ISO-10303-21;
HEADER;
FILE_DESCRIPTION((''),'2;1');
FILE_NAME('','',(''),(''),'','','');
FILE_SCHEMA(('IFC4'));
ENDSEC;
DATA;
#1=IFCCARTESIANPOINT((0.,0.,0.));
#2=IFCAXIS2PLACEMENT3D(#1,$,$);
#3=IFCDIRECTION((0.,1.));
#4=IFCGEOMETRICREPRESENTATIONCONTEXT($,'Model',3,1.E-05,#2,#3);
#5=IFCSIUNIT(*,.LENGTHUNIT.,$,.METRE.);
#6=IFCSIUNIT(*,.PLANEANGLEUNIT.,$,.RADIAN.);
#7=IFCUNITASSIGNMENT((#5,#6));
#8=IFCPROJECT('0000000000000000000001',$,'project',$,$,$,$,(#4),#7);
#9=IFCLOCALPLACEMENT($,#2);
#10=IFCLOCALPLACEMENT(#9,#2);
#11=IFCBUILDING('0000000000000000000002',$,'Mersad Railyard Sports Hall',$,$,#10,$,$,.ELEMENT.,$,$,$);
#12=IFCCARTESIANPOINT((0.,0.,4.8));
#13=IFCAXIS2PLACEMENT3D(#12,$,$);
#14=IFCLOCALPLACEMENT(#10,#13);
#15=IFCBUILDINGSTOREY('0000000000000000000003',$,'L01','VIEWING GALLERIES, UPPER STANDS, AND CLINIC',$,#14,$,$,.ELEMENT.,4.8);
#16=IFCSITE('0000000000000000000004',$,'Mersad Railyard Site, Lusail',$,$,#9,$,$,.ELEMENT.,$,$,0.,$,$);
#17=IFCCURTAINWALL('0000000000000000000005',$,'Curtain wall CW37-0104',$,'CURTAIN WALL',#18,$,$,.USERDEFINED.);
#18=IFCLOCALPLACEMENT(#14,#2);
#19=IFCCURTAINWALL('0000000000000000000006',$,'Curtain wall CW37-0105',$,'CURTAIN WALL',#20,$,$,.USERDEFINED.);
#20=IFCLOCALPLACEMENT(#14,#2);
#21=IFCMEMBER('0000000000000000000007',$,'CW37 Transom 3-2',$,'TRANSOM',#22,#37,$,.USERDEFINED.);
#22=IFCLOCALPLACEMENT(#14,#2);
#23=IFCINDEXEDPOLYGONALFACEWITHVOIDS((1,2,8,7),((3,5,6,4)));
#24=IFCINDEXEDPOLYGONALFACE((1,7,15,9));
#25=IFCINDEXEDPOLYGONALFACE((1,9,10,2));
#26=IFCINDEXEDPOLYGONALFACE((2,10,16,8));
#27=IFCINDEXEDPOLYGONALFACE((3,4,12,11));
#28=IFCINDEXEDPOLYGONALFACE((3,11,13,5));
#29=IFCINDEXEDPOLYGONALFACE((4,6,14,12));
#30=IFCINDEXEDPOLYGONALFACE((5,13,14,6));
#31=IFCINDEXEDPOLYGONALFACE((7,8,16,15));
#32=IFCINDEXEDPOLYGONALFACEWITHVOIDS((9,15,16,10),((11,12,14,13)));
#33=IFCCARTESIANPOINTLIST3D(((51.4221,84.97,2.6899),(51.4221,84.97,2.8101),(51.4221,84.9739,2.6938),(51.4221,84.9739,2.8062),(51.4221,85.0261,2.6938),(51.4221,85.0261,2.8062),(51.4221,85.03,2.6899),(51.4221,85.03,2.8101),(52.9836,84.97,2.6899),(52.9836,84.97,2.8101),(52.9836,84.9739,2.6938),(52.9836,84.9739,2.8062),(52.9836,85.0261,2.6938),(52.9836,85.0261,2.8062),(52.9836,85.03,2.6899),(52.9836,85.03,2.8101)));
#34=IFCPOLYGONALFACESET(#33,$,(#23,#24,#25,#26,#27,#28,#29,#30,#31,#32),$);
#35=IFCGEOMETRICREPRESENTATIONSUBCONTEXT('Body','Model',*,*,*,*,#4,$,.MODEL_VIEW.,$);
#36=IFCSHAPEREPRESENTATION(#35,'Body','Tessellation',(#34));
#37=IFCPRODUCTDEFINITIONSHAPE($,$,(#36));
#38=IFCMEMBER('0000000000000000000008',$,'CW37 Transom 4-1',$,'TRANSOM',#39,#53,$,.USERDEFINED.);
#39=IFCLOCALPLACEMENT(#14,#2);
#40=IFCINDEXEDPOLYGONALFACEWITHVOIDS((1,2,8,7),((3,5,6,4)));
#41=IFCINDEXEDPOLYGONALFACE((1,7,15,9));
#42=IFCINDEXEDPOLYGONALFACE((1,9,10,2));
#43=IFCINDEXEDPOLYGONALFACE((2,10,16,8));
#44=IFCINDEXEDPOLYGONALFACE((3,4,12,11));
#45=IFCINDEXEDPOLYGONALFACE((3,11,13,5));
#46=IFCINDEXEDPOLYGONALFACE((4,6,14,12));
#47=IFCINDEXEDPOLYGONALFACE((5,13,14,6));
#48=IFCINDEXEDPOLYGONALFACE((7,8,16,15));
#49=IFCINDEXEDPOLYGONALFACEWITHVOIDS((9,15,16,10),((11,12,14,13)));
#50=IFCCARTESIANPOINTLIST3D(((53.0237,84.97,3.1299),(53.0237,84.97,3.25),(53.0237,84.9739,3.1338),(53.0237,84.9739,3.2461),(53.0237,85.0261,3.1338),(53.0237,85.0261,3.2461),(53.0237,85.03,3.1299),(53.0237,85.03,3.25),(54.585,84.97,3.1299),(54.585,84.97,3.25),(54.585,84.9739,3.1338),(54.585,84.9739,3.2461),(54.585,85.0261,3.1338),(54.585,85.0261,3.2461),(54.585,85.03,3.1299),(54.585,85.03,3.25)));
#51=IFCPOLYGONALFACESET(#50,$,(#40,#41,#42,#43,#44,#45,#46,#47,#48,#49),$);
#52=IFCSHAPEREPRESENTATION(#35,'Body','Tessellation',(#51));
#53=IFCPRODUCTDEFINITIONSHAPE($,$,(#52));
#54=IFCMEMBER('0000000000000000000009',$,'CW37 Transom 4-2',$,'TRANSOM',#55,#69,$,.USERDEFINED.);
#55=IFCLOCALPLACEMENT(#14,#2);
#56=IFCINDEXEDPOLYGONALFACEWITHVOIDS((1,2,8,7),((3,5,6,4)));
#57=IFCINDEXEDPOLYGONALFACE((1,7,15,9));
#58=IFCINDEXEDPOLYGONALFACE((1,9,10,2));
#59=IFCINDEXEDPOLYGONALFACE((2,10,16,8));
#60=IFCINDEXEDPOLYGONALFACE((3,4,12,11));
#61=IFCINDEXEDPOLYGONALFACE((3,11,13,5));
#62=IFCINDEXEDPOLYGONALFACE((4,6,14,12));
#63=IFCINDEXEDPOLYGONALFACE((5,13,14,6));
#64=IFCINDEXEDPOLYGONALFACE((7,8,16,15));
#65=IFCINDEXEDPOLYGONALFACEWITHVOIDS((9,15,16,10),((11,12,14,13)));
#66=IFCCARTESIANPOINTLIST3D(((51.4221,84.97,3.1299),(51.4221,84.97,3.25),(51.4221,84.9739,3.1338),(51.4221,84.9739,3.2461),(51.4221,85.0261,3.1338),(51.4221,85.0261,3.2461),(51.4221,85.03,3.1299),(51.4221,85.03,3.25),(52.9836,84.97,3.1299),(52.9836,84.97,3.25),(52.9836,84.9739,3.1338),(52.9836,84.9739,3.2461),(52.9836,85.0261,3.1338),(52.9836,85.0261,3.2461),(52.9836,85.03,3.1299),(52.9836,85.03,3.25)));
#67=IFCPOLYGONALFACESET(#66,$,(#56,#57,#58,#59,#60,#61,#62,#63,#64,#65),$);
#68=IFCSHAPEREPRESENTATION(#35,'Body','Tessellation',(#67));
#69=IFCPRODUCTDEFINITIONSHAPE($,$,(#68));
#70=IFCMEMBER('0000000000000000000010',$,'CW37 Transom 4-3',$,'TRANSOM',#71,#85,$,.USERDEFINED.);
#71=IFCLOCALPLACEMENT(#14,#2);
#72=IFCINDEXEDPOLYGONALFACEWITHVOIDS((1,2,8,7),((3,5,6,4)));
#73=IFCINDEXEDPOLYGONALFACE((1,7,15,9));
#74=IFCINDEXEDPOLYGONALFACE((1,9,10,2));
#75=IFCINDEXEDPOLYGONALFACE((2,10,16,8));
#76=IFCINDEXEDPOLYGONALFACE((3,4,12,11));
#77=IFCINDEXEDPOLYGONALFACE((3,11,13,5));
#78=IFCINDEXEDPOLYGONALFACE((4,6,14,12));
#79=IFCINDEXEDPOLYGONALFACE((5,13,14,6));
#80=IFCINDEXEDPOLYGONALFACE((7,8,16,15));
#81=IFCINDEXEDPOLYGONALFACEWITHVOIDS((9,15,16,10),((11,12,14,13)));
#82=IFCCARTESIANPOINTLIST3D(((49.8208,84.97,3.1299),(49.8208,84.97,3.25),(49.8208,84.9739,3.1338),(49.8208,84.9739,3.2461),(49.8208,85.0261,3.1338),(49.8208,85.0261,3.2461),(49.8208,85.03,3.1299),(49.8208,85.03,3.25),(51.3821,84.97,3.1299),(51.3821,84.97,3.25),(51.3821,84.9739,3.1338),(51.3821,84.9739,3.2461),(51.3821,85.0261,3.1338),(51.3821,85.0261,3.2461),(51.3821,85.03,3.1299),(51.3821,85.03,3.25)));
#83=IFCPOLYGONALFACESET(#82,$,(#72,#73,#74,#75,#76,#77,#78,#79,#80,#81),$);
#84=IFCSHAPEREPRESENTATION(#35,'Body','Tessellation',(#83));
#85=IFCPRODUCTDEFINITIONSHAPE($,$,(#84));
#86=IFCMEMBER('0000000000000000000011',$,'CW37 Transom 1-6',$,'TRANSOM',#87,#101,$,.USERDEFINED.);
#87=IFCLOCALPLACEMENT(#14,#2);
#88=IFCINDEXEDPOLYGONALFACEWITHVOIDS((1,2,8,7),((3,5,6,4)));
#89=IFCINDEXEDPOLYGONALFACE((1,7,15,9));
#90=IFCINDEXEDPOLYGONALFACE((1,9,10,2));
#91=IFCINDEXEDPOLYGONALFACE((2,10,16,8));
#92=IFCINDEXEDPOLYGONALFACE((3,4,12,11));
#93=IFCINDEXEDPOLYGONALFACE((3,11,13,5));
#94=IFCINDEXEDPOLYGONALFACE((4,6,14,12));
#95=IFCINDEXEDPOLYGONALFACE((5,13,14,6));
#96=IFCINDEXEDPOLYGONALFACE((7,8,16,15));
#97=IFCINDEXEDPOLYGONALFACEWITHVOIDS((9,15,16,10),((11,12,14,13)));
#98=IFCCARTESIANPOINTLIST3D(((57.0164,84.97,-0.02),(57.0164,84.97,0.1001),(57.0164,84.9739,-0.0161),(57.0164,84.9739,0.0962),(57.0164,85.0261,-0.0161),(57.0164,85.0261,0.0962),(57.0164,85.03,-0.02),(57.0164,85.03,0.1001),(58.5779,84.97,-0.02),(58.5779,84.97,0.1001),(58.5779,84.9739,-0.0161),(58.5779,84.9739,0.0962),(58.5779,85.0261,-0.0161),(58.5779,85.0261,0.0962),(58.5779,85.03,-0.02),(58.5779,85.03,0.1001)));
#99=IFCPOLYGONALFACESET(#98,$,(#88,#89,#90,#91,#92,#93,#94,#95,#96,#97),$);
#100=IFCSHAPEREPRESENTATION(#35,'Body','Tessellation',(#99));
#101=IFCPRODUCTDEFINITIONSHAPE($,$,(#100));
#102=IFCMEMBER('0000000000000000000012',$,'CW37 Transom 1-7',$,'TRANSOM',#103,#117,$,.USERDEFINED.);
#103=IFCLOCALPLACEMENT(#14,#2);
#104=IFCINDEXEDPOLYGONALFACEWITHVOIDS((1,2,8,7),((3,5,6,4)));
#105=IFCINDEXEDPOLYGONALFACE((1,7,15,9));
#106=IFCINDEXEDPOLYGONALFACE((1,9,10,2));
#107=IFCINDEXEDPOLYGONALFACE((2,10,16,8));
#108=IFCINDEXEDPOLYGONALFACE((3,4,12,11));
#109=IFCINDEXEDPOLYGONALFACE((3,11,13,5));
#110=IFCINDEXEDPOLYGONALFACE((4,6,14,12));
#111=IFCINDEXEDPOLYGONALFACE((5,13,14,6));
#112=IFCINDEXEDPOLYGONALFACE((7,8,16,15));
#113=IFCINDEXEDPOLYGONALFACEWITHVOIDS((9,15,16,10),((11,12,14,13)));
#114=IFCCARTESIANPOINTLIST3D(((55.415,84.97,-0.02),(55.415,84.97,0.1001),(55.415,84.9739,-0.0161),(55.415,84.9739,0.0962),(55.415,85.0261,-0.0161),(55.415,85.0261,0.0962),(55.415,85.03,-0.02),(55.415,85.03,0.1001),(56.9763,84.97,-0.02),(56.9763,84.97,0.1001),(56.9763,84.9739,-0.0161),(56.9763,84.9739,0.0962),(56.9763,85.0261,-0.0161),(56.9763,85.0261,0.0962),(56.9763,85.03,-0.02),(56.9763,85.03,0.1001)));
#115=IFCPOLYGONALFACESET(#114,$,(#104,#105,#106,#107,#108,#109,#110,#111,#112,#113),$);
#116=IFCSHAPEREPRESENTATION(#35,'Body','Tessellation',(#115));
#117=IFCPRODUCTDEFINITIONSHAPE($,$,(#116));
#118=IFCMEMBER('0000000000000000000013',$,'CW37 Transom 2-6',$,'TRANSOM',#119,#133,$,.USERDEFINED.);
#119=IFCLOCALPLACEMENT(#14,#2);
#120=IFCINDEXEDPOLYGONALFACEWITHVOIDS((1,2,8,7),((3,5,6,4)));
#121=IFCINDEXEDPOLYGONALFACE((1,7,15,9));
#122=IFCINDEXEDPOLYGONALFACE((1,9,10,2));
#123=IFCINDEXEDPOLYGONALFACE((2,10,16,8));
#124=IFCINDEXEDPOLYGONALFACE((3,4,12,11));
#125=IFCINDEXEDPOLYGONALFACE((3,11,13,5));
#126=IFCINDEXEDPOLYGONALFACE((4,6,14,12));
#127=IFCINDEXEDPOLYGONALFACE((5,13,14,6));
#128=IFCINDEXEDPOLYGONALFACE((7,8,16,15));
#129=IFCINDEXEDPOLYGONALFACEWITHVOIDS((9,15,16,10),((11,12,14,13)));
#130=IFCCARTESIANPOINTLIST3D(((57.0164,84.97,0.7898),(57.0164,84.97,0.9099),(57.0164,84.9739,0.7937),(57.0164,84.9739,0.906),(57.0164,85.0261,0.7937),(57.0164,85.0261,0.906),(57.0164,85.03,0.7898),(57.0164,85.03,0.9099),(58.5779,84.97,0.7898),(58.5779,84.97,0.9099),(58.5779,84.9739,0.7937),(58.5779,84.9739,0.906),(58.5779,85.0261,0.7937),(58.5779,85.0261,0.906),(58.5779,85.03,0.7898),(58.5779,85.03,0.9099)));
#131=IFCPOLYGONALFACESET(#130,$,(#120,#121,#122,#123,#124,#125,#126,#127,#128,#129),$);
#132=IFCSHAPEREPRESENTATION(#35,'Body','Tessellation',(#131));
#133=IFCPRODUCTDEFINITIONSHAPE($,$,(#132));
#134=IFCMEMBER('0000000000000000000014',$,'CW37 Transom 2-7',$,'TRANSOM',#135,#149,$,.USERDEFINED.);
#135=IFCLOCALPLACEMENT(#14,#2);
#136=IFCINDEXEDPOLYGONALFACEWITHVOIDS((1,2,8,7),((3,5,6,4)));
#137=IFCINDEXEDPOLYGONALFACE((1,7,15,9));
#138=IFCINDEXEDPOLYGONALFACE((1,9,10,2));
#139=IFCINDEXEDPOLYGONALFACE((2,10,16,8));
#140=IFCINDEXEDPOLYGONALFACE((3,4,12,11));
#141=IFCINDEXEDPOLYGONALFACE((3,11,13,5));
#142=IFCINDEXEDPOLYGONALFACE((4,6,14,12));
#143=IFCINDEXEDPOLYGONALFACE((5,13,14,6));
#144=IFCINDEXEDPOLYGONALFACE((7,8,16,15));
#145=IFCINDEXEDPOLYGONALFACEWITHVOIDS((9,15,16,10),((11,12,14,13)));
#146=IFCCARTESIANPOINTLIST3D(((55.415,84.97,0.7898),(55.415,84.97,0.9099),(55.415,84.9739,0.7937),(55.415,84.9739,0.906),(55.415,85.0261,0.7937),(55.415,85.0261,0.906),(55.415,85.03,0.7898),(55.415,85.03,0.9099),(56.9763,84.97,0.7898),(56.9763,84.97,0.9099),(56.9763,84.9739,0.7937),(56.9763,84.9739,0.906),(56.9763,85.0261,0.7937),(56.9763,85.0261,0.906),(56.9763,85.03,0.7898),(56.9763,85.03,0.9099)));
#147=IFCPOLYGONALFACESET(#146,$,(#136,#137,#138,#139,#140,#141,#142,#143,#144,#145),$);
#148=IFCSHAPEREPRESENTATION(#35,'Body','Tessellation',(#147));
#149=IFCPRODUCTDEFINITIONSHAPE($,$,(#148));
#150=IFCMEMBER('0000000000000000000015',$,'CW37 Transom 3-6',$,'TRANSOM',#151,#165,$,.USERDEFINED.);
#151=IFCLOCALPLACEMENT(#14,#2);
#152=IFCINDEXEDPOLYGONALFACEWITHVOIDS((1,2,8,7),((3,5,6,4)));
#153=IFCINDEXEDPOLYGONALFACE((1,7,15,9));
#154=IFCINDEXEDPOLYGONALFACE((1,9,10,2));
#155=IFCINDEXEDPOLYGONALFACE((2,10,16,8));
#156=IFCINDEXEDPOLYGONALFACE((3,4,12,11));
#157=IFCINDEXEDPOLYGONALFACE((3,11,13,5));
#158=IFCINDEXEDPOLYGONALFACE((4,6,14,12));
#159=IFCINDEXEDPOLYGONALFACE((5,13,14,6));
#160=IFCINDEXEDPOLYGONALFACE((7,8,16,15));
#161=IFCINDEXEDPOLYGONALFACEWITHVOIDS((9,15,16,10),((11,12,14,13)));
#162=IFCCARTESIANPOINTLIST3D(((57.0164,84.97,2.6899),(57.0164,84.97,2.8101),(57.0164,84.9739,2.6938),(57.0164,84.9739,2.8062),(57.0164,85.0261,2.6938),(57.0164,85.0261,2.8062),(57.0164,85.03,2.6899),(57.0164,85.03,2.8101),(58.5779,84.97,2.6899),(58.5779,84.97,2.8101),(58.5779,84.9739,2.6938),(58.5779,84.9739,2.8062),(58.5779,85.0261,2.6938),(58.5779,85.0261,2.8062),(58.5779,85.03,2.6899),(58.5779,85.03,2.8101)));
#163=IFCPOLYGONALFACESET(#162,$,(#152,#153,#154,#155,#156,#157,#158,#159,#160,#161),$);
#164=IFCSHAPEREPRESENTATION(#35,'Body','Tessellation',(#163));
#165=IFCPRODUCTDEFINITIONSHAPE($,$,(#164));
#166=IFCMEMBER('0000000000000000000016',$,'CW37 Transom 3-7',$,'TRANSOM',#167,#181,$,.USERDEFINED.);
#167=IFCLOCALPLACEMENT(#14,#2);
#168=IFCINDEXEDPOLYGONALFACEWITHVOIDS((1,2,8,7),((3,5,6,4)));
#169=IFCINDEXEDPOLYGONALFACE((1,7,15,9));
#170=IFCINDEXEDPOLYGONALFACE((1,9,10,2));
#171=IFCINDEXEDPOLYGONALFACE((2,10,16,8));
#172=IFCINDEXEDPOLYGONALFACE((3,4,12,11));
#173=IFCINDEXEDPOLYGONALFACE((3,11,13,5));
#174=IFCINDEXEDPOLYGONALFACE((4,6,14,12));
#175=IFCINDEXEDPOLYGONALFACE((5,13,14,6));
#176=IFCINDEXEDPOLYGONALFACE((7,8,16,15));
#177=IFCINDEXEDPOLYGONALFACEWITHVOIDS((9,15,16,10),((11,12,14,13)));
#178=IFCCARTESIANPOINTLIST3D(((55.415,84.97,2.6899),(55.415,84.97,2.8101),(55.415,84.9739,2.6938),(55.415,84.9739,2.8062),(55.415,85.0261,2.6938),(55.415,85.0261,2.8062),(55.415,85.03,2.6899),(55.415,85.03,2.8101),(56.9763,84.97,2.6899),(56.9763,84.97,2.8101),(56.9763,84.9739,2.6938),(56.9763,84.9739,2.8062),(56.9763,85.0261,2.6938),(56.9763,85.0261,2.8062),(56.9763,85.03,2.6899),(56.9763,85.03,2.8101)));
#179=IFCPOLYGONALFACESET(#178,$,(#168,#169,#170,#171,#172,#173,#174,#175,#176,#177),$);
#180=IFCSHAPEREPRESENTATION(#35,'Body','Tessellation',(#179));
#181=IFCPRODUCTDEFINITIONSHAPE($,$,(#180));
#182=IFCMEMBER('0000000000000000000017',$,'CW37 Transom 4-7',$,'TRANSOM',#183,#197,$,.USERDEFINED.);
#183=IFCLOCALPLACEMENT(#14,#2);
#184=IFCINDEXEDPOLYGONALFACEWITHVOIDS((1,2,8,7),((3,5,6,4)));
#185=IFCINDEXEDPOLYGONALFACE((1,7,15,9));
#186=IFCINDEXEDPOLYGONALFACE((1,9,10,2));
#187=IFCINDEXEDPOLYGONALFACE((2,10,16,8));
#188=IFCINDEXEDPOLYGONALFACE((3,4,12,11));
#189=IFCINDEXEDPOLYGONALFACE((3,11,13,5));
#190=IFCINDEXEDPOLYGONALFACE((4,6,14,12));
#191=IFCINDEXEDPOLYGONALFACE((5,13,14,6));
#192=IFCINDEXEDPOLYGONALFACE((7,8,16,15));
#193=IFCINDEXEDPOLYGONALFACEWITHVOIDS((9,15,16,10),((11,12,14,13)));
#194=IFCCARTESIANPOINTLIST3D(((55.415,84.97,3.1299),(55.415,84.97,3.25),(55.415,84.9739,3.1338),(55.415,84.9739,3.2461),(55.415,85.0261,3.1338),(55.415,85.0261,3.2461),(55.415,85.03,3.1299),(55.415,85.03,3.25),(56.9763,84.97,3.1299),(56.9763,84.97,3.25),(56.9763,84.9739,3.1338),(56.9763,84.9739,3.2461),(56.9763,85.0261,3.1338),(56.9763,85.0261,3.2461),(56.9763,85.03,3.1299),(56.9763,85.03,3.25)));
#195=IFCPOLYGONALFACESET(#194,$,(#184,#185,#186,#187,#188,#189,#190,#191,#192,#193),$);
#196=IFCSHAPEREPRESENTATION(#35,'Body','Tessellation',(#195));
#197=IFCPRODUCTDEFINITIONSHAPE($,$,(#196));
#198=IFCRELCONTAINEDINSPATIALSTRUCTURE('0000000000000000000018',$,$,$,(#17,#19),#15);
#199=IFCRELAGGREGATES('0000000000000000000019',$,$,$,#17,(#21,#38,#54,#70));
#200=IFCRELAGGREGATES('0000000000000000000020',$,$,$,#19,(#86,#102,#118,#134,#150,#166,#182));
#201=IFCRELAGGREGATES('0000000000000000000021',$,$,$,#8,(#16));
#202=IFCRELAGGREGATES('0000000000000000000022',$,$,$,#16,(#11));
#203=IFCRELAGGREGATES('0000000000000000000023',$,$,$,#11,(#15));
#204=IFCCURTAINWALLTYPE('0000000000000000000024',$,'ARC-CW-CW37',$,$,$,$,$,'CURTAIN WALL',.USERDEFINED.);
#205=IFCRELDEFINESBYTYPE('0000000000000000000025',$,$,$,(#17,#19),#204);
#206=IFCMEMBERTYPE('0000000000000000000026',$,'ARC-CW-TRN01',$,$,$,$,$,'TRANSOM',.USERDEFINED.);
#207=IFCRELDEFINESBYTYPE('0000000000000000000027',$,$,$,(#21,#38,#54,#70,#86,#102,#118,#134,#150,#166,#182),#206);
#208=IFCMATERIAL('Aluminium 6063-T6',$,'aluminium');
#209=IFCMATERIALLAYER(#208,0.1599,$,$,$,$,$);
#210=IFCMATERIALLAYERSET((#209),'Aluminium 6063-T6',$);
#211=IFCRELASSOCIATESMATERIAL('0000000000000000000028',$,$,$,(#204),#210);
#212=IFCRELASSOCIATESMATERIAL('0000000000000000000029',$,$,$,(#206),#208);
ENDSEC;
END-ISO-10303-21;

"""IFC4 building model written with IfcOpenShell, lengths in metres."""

from ifc_helpers import new_model, si_unit, direction, frame, origin, origin_2d, place, context, subcontext, project, spatial, hollow_rectangle, extrude, material, layer, layer_set, material_profile, profile_set, type_object, element, aggregate, save


model = new_model("IFC4")

# Units and contexts
model_context = context("Model", 3, precision=1e-05, world=origin(), true_north=direction((0.0, 1.0)))
body_context = subcontext(model_context, "Body", "Model", "MODEL_VIEW")
ifc_project = project(units=[si_unit("LENGTHUNIT", "METRE"), si_unit("PLANEANGLEUNIT", "RADIAN")], contexts=[model_context])

# Site, building, storey
site_placement = place(None, origin())
site = spatial("IfcSite", under=ifc_project, at=site_placement, Name="Mersad Railyard Site, Lusail", CompositionType="ELEMENT", RefElevation=0.0)
building_placement = place(site_placement, origin())
building = spatial("IfcBuilding", under=site, at=building_placement, Name="Mersad Railyard Sports Hall", CompositionType="ELEMENT")
storey_placement = place(building_placement, frame((0.0, 0.0, 4.8)))
storey = spatial("IfcBuildingStorey", under=building, at=storey_placement, Name="L01", Description="VIEWING GALLERIES, UPPER STANDS, AND CLINIC", CompositionType="ELEMENT", Elevation=4.8)

# Curtain walls
ifc_material_1 = material(Name="Aluminium 6063-T6", Category="aluminium")
ifc_layer_1 = layer(ifc_material_1, 0.1599)
ifc_layer_set_1 = layer_set([ifc_layer_1], Name="Aluminium 6063-T6")
curtain_wall_type = type_object("IfcCurtainWallType", Name="ARC-CW-CW37", ElementType="CURTAIN WALL", PredefinedType="USERDEFINED", material=ifc_layer_set_1)
curtain_wall_1_placement = place(storey_placement, origin())
curtain_wall_1 = element("IfcCurtainWall", 1, at=curtain_wall_1_placement, inside=storey, type_object=curtain_wall_type, Name="Curtain wall CW37-0104", ObjectType="CURTAIN WALL", PredefinedType="USERDEFINED")
curtain_wall_2_placement = place(storey_placement, origin())
curtain_wall_2 = element("IfcCurtainWall", 2, at=curtain_wall_2_placement, inside=storey, type_object=curtain_wall_type, Name="Curtain wall CW37-0105", ObjectType="CURTAIN WALL", PredefinedType="USERDEFINED")

# Members
ifc_material_profile_1 = material_profile(ifc_material_1, hollow_rectangle(XDim=0.0601, YDim=0.1201, WallThickness=0.0039, at=origin_2d()), Name="AL TRANSOM 60x120x4")
ifc_profile_set_1 = profile_set([ifc_material_profile_1], Name="Aluminium 6063-T6")
member_type_1 = type_object("IfcMemberType", Name="ARC-CW-TRN01", ElementType="TRANSOM", PredefinedType="USERDEFINED", material=ifc_profile_set_1)
member_1_placement = place(storey_placement, frame((52.9836, 85.0, 2.75), z_axis=(-1.0, 0.0, 0.0), x_axis=(0.0, -1.0, 0.0)))
member_1 = element("IfcMember", 3, at=member_1_placement, type_object=member_type_1, Name="CW37 Transom 3-2", ObjectType="TRANSOM", PredefinedType="USERDEFINED", context=body_context, shape_type="SweptSolid", body=[
    extrude(hollow_rectangle(XDim=0.0601, YDim=0.1201, WallThickness=0.0039, at=origin_2d()), origin(), (0.0, 0.0, 1.0), 1.5615),
])
member_2_placement = place(storey_placement, frame((54.585, 85.0, 3.1899), z_axis=(-1.0, 0.0, 0.0), x_axis=(0.0, -1.0, 0.0)))
member_2 = element("IfcMember", 4, at=member_2_placement, type_object=member_type_1, Name="CW37 Transom 4-1", ObjectType="TRANSOM", PredefinedType="USERDEFINED", context=body_context, shape_type="SweptSolid", body=[
    extrude(hollow_rectangle(XDim=0.0601, YDim=0.1201, WallThickness=0.0039, at=origin_2d()), origin(), (0.0, 0.0, 1.0), 1.5613),
])
member_3_placement = place(storey_placement, frame((52.9836, 85.0, 3.1899), z_axis=(-1.0, 0.0, 0.0), x_axis=(0.0, -1.0, 0.0)))
member_3 = element("IfcMember", 5, at=member_3_placement, type_object=member_type_1, Name="CW37 Transom 4-2", ObjectType="TRANSOM", PredefinedType="USERDEFINED", context=body_context, shape_type="SweptSolid", body=[
    extrude(hollow_rectangle(XDim=0.0601, YDim=0.1201, WallThickness=0.0039, at=origin_2d()), origin(), (0.0, 0.0, 1.0), 1.5615),
])
member_4_placement = place(storey_placement, frame((51.3821, 85.0, 3.1899), z_axis=(-1.0, 0.0, 0.0), x_axis=(0.0, -1.0, 0.0)))
member_4 = element("IfcMember", 6, at=member_4_placement, type_object=member_type_1, Name="CW37 Transom 4-3", ObjectType="TRANSOM", PredefinedType="USERDEFINED", context=body_context, shape_type="SweptSolid", body=[
    extrude(hollow_rectangle(XDim=0.0601, YDim=0.1201, WallThickness=0.0039, at=origin_2d()), origin(), (0.0, 0.0, 1.0), 1.5613),
])
member_5_placement = place(storey_placement, frame((58.5779, 85.0, 0.04), z_axis=(-1.0, 0.0, 0.0), x_axis=(0.0, -1.0, 0.0)))
member_5 = element("IfcMember", 7, at=member_5_placement, type_object=member_type_1, Name="CW37 Transom 1-6", ObjectType="TRANSOM", PredefinedType="USERDEFINED", context=body_context, shape_type="SweptSolid", body=[
    extrude(hollow_rectangle(XDim=0.0601, YDim=0.1201, WallThickness=0.0039, at=origin_2d()), origin(), (0.0, 0.0, 1.0), 1.5615),
])
member_6_placement = place(storey_placement, frame((56.9763, 85.0, 0.04), z_axis=(-1.0, 0.0, 0.0), x_axis=(0.0, -1.0, 0.0)))
member_6 = element("IfcMember", 8, at=member_6_placement, type_object=member_type_1, Name="CW37 Transom 1-7", ObjectType="TRANSOM", PredefinedType="USERDEFINED", context=body_context, shape_type="SweptSolid", body=[
    extrude(hollow_rectangle(XDim=0.0601, YDim=0.1201, WallThickness=0.0039, at=origin_2d()), origin(), (0.0, 0.0, 1.0), 1.5613),
])
member_7_placement = place(storey_placement, frame((58.5779, 85.0, 0.8499), z_axis=(-1.0, 0.0, 0.0), x_axis=(0.0, -1.0, 0.0)))
member_7 = element("IfcMember", 9, at=member_7_placement, type_object=member_type_1, Name="CW37 Transom 2-6", ObjectType="TRANSOM", PredefinedType="USERDEFINED", context=body_context, shape_type="SweptSolid", body=[
    extrude(hollow_rectangle(XDim=0.0601, YDim=0.1201, WallThickness=0.0039, at=origin_2d()), origin(), (0.0, 0.0, 1.0), 1.5615),
])
member_8_placement = place(storey_placement, frame((56.9763, 85.0, 0.8499), z_axis=(-1.0, 0.0, 0.0), x_axis=(0.0, -1.0, 0.0)))
member_8 = element("IfcMember", 10, at=member_8_placement, type_object=member_type_1, Name="CW37 Transom 2-7", ObjectType="TRANSOM", PredefinedType="USERDEFINED", context=body_context, shape_type="SweptSolid", body=[
    extrude(hollow_rectangle(XDim=0.0601, YDim=0.1201, WallThickness=0.0039, at=origin_2d()), origin(), (0.0, 0.0, 1.0), 1.5613),
])
member_9_placement = place(storey_placement, frame((58.5779, 85.0, 2.75), z_axis=(-1.0, 0.0, 0.0), x_axis=(0.0, -1.0, 0.0)))
member_9 = element("IfcMember", 11, at=member_9_placement, type_object=member_type_1, Name="CW37 Transom 3-6", ObjectType="TRANSOM", PredefinedType="USERDEFINED", context=body_context, shape_type="SweptSolid", body=[
    extrude(hollow_rectangle(XDim=0.0601, YDim=0.1201, WallThickness=0.0039, at=origin_2d()), origin(), (0.0, 0.0, 1.0), 1.5615),
])
member_10_placement = place(storey_placement, frame((56.9763, 85.0, 2.75), z_axis=(-1.0, 0.0, 0.0), x_axis=(0.0, -1.0, 0.0)))
member_10 = element("IfcMember", 12, at=member_10_placement, type_object=member_type_1, Name="CW37 Transom 3-7", ObjectType="TRANSOM", PredefinedType="USERDEFINED", context=body_context, shape_type="SweptSolid", body=[
    extrude(hollow_rectangle(XDim=0.0601, YDim=0.1201, WallThickness=0.0039, at=origin_2d()), origin(), (0.0, 0.0, 1.0), 1.5613),
])
member_11_placement = place(storey_placement, frame((56.9763, 85.0, 3.1899), z_axis=(-1.0, 0.0, 0.0), x_axis=(0.0, -1.0, 0.0)))
member_11 = element("IfcMember", 13, at=member_11_placement, type_object=member_type_1, Name="CW37 Transom 4-7", ObjectType="TRANSOM", PredefinedType="USERDEFINED", context=body_context, shape_type="SweptSolid", body=[
    extrude(hollow_rectangle(XDim=0.0601, YDim=0.1201, WallThickness=0.0039, at=origin_2d()), origin(), (0.0, 0.0, 1.0), 1.5613),
])

aggregate(curtain_wall_1, [member_1, member_2, member_3, member_4])
aggregate(curtain_wall_2, [member_5, member_6, member_7, member_8, member_9, member_10, member_11])

save(model, "model.ifc")
